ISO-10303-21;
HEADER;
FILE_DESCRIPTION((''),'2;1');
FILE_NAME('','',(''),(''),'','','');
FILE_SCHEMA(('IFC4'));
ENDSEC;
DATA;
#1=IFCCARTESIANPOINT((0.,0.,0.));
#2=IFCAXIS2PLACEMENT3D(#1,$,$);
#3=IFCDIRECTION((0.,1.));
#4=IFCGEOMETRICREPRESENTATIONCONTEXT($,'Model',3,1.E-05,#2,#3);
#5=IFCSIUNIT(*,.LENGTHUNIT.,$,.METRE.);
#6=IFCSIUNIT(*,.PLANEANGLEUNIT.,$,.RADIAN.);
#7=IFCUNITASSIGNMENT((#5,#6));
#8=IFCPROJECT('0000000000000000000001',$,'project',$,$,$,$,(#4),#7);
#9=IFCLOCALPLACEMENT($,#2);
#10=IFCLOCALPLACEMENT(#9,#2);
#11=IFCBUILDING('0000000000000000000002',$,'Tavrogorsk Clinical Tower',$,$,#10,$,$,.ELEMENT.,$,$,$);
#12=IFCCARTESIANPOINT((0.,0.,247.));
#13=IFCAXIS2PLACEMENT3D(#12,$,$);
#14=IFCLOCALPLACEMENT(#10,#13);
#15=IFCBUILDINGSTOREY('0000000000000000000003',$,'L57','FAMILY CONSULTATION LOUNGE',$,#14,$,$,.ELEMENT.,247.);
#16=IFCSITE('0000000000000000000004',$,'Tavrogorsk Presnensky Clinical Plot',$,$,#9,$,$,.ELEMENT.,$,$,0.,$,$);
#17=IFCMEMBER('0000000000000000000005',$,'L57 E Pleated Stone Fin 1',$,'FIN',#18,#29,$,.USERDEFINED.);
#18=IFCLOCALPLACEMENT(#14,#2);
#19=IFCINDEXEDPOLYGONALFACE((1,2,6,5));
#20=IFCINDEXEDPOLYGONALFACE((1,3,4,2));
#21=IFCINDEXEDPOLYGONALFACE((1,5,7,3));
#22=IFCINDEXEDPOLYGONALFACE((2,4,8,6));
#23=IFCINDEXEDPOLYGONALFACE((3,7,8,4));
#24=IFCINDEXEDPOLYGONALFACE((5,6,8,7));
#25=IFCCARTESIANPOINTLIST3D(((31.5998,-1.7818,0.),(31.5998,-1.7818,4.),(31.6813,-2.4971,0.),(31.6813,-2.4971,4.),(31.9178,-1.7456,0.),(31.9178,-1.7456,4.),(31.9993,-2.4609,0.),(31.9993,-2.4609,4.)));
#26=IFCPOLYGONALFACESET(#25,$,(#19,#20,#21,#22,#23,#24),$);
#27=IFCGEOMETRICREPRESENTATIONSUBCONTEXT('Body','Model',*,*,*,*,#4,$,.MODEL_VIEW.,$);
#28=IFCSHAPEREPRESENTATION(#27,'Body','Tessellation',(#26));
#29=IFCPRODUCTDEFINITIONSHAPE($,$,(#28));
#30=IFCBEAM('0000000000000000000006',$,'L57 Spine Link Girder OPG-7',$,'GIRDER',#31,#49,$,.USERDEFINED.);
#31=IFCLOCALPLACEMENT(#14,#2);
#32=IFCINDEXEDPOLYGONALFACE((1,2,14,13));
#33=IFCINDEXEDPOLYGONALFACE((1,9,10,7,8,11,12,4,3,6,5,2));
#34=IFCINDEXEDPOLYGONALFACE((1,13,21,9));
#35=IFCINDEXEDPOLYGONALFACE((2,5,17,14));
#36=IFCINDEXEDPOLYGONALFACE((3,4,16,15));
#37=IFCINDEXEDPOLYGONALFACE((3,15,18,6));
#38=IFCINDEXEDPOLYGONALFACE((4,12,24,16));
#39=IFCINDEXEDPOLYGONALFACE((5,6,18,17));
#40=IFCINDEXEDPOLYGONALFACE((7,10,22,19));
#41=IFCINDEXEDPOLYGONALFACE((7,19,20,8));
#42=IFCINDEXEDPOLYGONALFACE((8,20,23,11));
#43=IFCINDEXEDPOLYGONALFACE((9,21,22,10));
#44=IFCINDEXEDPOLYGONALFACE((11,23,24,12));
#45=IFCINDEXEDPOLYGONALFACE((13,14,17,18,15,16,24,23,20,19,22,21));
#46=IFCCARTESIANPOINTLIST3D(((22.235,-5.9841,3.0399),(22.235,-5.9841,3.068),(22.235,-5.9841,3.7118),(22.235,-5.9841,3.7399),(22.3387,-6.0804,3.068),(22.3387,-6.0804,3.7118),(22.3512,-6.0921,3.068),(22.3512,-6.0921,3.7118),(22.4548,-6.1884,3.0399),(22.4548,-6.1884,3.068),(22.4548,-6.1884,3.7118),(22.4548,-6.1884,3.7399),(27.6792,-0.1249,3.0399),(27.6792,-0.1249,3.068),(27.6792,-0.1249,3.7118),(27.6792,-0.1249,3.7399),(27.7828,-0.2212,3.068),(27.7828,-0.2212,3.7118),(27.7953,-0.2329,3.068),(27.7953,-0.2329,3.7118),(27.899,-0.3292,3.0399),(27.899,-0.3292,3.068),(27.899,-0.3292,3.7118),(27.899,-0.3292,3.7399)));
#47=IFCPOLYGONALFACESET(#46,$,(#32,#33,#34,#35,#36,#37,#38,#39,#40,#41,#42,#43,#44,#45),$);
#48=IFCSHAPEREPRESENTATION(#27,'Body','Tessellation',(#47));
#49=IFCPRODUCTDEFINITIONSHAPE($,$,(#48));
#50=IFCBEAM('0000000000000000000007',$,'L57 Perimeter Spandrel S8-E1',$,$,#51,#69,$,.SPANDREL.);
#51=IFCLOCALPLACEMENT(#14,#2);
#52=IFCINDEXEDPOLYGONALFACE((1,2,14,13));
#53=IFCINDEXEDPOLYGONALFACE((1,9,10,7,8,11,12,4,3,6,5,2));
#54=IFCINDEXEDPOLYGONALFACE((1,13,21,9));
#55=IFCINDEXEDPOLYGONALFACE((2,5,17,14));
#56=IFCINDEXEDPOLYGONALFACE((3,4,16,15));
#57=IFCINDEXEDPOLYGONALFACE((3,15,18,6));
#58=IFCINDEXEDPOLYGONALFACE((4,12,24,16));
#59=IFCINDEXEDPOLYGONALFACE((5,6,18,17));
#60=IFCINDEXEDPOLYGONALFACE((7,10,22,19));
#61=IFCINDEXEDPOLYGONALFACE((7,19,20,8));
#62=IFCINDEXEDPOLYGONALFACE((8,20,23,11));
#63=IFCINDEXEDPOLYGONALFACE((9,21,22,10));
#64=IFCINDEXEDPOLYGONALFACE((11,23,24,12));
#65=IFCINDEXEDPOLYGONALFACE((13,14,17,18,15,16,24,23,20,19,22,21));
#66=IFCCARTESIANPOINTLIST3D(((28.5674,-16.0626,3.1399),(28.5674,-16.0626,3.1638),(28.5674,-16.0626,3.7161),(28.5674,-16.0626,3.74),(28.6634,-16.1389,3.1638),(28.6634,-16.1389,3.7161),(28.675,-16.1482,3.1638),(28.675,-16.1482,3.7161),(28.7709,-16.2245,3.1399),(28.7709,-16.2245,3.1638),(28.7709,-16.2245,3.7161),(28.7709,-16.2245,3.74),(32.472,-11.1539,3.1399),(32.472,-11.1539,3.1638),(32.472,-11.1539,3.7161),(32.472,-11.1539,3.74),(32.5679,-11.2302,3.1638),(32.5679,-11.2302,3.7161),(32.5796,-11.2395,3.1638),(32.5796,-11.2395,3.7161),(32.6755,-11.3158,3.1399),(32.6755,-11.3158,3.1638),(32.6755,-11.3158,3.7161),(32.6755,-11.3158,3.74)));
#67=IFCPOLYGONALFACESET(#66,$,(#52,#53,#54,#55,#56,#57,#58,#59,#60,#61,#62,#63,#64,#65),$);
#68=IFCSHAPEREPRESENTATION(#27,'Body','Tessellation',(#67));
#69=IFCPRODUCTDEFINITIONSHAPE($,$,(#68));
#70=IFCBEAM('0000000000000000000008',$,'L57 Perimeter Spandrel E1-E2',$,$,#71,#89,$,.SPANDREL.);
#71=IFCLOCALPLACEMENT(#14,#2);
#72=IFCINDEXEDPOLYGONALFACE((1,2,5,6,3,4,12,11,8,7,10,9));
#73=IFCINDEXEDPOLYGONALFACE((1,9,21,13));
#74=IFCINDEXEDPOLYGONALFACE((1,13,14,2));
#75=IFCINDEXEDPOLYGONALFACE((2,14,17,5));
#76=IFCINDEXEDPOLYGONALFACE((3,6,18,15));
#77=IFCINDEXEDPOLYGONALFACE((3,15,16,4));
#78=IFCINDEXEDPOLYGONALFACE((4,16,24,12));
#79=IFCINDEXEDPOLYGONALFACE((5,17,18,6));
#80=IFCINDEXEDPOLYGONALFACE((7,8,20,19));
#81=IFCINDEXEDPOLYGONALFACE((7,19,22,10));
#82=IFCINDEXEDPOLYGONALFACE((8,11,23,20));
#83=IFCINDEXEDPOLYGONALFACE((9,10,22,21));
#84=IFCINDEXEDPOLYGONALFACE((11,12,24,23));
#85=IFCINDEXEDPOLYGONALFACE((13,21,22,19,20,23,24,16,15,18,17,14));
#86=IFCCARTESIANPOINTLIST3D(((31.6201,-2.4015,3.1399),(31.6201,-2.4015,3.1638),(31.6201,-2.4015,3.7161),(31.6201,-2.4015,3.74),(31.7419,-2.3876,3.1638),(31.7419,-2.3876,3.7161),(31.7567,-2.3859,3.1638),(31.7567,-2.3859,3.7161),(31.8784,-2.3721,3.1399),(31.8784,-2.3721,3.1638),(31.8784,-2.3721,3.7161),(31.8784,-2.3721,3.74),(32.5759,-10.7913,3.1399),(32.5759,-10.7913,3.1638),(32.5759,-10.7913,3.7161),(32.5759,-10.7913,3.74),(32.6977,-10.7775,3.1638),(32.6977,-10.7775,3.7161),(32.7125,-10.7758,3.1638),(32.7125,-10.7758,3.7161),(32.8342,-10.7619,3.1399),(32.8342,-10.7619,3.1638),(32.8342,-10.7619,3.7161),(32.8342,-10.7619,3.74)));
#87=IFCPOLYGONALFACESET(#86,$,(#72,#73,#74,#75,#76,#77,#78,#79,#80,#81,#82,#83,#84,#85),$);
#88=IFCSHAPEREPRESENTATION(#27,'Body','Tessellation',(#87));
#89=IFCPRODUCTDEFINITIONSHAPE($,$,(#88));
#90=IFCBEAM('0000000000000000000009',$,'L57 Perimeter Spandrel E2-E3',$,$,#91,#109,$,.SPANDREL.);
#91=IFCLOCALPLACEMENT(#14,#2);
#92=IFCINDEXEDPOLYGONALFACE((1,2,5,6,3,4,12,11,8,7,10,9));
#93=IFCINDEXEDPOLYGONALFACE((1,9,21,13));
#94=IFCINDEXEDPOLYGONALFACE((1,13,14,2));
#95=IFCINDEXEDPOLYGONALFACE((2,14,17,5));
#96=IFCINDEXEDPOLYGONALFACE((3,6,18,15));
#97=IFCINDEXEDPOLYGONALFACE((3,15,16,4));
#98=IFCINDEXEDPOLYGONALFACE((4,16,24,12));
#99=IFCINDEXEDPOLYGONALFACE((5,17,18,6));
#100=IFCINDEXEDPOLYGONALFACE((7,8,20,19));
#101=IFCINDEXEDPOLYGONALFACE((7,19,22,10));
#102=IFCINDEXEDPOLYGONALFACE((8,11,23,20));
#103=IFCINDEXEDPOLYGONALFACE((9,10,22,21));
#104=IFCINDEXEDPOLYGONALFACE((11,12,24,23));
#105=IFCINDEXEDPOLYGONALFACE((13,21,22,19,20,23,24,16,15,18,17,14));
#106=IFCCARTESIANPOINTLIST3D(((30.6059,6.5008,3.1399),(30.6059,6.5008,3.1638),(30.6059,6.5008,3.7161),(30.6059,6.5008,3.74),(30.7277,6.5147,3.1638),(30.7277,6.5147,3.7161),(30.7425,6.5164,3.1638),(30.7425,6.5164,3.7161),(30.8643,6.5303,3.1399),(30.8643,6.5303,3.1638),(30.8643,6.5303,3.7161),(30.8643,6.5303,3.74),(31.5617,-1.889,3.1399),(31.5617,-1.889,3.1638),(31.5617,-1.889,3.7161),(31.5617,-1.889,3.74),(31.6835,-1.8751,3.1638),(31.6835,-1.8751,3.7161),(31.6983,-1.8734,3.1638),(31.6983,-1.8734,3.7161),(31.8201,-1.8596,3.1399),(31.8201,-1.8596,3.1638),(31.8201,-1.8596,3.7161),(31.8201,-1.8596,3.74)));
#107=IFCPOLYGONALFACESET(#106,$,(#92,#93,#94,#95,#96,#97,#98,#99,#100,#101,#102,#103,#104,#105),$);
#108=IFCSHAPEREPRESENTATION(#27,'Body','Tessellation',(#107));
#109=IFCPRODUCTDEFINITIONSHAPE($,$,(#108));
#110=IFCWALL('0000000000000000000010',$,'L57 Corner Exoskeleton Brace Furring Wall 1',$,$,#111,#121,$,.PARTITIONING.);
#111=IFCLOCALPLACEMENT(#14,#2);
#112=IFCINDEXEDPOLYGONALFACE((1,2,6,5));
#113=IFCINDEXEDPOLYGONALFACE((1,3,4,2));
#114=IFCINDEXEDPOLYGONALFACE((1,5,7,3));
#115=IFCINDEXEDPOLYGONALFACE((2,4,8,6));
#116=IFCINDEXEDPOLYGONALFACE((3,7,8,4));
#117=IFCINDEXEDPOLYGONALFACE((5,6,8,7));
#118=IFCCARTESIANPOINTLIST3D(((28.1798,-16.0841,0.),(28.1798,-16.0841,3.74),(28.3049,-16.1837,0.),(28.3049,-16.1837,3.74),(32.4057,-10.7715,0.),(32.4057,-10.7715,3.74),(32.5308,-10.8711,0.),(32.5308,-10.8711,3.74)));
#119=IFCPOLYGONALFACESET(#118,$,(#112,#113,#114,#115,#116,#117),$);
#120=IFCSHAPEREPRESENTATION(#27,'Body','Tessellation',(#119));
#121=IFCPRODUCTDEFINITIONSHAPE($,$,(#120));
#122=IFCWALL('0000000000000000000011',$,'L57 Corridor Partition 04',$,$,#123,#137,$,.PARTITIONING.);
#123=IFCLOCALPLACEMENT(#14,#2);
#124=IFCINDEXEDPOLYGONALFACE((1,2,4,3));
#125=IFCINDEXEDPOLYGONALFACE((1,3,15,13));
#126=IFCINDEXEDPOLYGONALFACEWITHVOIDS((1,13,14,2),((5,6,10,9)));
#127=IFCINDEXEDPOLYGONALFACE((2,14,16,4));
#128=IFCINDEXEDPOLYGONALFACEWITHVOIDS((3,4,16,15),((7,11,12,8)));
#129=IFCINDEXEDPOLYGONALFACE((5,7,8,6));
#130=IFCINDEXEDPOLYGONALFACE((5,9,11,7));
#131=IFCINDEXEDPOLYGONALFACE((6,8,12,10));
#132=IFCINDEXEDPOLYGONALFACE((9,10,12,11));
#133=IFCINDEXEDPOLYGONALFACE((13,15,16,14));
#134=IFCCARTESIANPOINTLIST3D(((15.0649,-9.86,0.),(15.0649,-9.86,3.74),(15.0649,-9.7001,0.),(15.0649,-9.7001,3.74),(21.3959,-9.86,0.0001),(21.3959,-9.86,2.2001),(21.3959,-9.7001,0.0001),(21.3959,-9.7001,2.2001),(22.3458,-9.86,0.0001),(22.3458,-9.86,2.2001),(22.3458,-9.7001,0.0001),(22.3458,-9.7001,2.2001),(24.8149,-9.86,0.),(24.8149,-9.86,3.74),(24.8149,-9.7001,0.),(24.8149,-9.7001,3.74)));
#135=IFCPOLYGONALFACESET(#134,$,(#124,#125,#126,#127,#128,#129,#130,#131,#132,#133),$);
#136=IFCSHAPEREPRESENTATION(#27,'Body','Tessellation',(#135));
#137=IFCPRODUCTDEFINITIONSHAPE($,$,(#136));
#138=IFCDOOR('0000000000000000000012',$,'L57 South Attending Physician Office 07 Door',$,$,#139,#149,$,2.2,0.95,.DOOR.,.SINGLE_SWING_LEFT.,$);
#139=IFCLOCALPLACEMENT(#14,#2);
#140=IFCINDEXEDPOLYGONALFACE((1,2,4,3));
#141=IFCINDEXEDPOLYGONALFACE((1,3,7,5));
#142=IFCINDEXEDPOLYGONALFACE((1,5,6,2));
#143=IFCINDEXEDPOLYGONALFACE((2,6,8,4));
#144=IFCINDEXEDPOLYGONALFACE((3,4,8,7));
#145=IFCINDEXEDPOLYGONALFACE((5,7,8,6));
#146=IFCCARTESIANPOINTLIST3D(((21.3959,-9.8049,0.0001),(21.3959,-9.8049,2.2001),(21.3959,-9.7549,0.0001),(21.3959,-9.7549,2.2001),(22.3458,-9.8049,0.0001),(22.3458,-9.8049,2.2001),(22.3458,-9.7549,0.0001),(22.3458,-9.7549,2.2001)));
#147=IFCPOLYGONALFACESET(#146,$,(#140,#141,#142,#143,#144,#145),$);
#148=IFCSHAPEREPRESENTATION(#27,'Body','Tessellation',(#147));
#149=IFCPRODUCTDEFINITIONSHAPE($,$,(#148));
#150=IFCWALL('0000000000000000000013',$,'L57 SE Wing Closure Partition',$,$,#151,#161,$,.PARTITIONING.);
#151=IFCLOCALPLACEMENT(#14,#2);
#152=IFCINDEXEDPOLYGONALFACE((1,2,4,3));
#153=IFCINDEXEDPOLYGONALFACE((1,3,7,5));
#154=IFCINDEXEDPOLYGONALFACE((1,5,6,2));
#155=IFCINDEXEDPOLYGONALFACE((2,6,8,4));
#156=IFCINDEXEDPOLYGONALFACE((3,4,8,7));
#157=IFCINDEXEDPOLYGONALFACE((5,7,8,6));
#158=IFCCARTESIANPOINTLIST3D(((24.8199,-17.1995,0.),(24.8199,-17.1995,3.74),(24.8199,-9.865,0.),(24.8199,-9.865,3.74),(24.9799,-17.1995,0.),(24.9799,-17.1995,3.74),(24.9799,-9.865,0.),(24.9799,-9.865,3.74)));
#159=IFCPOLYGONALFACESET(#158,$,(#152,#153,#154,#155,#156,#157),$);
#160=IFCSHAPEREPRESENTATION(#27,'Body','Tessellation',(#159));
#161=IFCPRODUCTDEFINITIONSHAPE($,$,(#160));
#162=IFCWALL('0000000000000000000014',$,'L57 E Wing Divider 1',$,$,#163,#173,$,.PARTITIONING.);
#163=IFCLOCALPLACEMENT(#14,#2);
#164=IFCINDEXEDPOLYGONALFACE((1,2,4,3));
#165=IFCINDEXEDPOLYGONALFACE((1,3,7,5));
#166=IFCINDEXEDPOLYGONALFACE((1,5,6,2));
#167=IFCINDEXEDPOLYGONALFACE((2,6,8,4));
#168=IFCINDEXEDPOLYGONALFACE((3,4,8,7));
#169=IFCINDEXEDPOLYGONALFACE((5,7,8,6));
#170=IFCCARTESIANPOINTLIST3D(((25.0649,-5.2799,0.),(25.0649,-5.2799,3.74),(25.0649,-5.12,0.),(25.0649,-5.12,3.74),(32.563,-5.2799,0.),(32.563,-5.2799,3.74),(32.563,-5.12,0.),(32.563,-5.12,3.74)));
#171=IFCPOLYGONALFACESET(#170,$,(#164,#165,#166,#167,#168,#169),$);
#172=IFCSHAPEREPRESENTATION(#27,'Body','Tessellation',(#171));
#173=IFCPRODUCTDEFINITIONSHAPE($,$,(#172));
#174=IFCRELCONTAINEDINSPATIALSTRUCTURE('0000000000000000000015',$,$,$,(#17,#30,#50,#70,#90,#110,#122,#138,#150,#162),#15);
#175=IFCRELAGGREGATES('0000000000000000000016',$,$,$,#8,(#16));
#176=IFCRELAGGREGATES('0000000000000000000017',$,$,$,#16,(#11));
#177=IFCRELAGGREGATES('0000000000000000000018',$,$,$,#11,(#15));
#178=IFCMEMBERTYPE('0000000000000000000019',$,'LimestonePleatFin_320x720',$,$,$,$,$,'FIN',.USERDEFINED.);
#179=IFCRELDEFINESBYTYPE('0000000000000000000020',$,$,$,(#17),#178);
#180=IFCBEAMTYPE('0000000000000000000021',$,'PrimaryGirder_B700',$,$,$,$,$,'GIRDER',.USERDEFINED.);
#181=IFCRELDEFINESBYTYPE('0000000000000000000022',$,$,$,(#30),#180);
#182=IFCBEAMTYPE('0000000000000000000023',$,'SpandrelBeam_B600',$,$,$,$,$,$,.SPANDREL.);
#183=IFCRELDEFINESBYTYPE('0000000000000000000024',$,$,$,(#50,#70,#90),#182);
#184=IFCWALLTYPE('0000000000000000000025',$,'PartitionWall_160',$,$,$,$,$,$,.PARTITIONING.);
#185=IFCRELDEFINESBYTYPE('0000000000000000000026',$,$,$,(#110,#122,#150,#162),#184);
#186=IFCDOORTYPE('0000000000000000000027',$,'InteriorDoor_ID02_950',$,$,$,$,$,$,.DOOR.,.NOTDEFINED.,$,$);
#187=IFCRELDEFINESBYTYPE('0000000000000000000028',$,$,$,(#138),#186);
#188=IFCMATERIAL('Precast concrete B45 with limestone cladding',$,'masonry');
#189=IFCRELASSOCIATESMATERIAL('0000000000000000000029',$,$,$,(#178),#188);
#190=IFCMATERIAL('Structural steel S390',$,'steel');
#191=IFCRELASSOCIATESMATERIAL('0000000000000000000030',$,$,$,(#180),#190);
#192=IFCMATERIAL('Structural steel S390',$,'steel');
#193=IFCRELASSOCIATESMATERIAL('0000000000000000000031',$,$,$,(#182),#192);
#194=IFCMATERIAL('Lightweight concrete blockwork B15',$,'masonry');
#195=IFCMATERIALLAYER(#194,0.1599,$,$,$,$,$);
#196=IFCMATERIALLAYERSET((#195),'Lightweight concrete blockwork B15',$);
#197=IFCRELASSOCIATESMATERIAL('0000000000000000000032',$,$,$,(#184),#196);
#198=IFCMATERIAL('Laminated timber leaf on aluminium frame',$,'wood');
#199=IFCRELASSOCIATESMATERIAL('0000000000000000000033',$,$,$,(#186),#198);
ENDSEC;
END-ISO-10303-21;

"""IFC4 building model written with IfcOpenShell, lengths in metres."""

from ifc_helpers import new_model, si_unit, direction, frame, frame_2d, origin, origin_2d, place, context, subcontext, project, spatial, rectangle, i_section, extrude, material, layer, layer_set, material_profile, profile_set, type_object, element, fill, save


model = new_model("IFC4")

# Units and contexts
model_context = context("Model", 3, precision=1e-05, world=origin(), true_north=direction((0.0, 1.0)))
body_context = subcontext(model_context, "Body", "Model", "MODEL_VIEW")
ifc_project = project(units=[si_unit("LENGTHUNIT", "METRE"), si_unit("PLANEANGLEUNIT", "RADIAN")], contexts=[model_context])

# Site, building, storey
site_placement = place(None, origin())
site = spatial("IfcSite", under=ifc_project, at=site_placement, Name="Tavrogorsk Presnensky Clinical Plot", CompositionType="ELEMENT", RefElevation=0.0)
building_placement = place(site_placement, origin())
building = spatial("IfcBuilding", under=site, at=building_placement, Name="Tavrogorsk Clinical Tower", CompositionType="ELEMENT")
storey_placement = place(building_placement, frame((0.0, 0.0, 247.0)))
storey = spatial("IfcBuildingStorey", under=building, at=storey_placement, Name="L57", Description="FAMILY CONSULTATION LOUNGE", CompositionType="ELEMENT", Elevation=247.0)

# Member
ifc_material_1 = material(Name="Precast concrete B45 with limestone cladding", Category="masonry")
ifc_material_profile_1 = material_profile(ifc_material_1, rectangle(XDim=0.3201, YDim=0.72, at=origin_2d()), Name="LIMESTONE-FIN-320x720")
ifc_profile_set_1 = profile_set([ifc_material_profile_1], Name="Precast concrete B45 with limestone cladding")
member_type_1 = type_object("IfcMemberType", Name="LimestonePleatFin_320x720", ElementType="FIN", PredefinedType="USERDEFINED", material=ifc_profile_set_1)
member_1_placement = place(storey_placement, frame((31.7996, -2.1213, 0.0), z_axis=(0.0, 0.0, 1.0), x_axis=(0.993572, 0.113203, 0.0)))
element("IfcMember", 1, at=member_1_placement, inside=storey, type_object=member_type_1, Name="L57 E Pleated Stone Fin 1", ObjectType="FIN", PredefinedType="USERDEFINED", context=body_context, shape_type="SweptSolid", body=[
    extrude(rectangle(XDim=0.3201, YDim=0.72, at=origin_2d()), origin(), (0.0, 0.0, 1.0), 4.0),
])

# Beams
ifc_material_2 = material(Name="Structural steel S390", Category="steel")
ifc_material_profile_2 = material_profile(ifc_material_2, i_section(OverallWidth=0.3, OverallDepth=0.7, WebThickness=0.0171, FlangeThickness=0.0281, at=origin_2d()), Name="B-700x300x17x28")
ifc_profile_set_2 = profile_set([ifc_material_profile_2], Name="Structural steel S390")
beam_type_1 = type_object("IfcBeamType", Name="PrimaryGirder_B700", ElementType="GIRDER", PredefinedType="USERDEFINED", material=ifc_profile_set_2)
beam_1_placement = place(storey_placement, frame((27.7891, -0.2271, 3.3899), z_axis=(-0.680684, -0.732577, 0.0), x_axis=(0.732577, -0.680684, 0.0)))
element("IfcBeam", 2, at=beam_1_placement, inside=storey, type_object=beam_type_1, Name="L57 Spine Link Girder OPG-7", ObjectType="GIRDER", PredefinedType="USERDEFINED", context=body_context, shape_type="SweptSolid", body=[
    extrude(i_section(OverallWidth=0.3, OverallDepth=0.7, WebThickness=0.0171, FlangeThickness=0.0281, at=origin_2d()), origin(), (0.0, 0.0, 1.0), 7.998),
])
ifc_material_3 = material(Name="Structural steel S390", Category="steel")
ifc_material_profile_3 = material_profile(ifc_material_3, i_section(OverallWidth=0.26, OverallDepth=0.6001, WebThickness=0.0149, FlangeThickness=0.0239, at=origin_2d()), Name="B-600x260x15x24")
ifc_profile_set_3 = profile_set([ifc_material_profile_3], Name="Structural steel S390")
beam_type_2 = type_object("IfcBeamType", Name="SpandrelBeam_B600", PredefinedType="SPANDREL", material=ifc_profile_set_3)
beam_2_placement = place(storey_placement, frame((28.6692, -16.1436, 3.4399), z_axis=(0.622514, 0.782609, 0.0), x_axis=(-0.782609, 0.622514, 0.0)))
element("IfcBeam", 3, at=beam_2_placement, inside=storey, type_object=beam_type_2, Name="L57 Perimeter Spandrel S8-E1", PredefinedType="SPANDREL", context=body_context, shape_type="SweptSolid", body=[
    extrude(i_section(OverallWidth=0.26, OverallDepth=0.6001, WebThickness=0.0149, FlangeThickness=0.0239, at=origin_2d()), origin(), (0.0, 0.0, 1.0), 6.2722),
])
for number, where, z_axis, x_axis, name in (
    (4, (32.7051, -10.7766, 3.4399), (-0.113192, 0.993573, 0.0), (-0.993573, -0.113192, 0.0), "L57 Perimeter Spandrel E1-E2"),
    (5, (31.6909, -1.8743, 3.4399), (-0.113192, 0.993573, 0.0), (-0.993573, -0.113192, 0.0), "L57 Perimeter Spandrel E2-E3"),
):
    element("IfcBeam", number, at=place(storey_placement, frame(where, z_axis=z_axis, x_axis=x_axis)), inside=storey, type_object=beam_type_2, Name=name, PredefinedType="SPANDREL", context=body_context, shape_type="SweptSolid", body=[
        extrude(i_section(OverallWidth=0.26, OverallDepth=0.6001, WebThickness=0.0149, FlangeThickness=0.0239, at=origin_2d()), origin(), (0.0, 0.0, 1.0), 8.4441),
    ])

# Wall
ifc_material_4 = material(Name="Lightweight concrete blockwork B15", Category="masonry")
ifc_layer_1 = layer(ifc_material_4, 0.1599)
ifc_layer_set_1 = layer_set([ifc_layer_1], Name="Lightweight concrete blockwork B15")
wall_type_1 = type_object("IfcWallType", Name="PartitionWall_160", PredefinedType="PARTITIONING", material=ifc_layer_set_1)
wall_1_placement = place(storey_placement, frame((28.2424, -16.1338, 0.0), z_axis=(0.0, 0.0, 1.0), x_axis=(0.622522, 0.782603, 0.0)))
element("IfcWall", 6, at=wall_1_placement, inside=storey, type_object=wall_type_1, Name="L57 Corner Exoskeleton Brace Furring Wall 1", PredefinedType="PARTITIONING", context=body_context, shape_type="SweptSolid", body=[
    extrude(rectangle(XDim=6.7883, YDim=0.1599, at=frame_2d((3.394, 0.0))), origin(), (0.0, 0.0, 1.0), 3.74),
])

# Wall, opening, door
wall_2_placement = place(storey_placement, frame((24.8149, -9.78, 0.0), z_axis=(0.0, 0.0, 1.0), x_axis=(-1.0, 0.0, 0.0)))
wall_2 = element("IfcWall", 7, at=wall_2_placement, inside=storey, type_object=wall_type_1, Name="L57 Corridor Partition 04", PredefinedType="PARTITIONING", context=body_context, shape_type="SweptSolid", body=[
    extrude(rectangle(XDim=9.75, YDim=0.1599, at=frame_2d((4.875, 0.0))), origin(), (0.0, 0.0, 1.0), 3.74),
])
opening_1_placement = place(wall_2_placement, frame((2.469, 0.0, 0.0)))
opening_1 = element("IfcOpeningElement", 8, at=opening_1_placement, cuts=wall_2, PredefinedType="OPENING", context=body_context, shape_type="SweptSolid", body=[
    extrude(rectangle(XDim=0.95, YDim=2.2, at=frame_2d((0.4751, 1.1001))), frame((0.0, 0.0898, 0.0), z_axis=(0.0, -1.0, 0.0), x_axis=(1.0, 0.0, 0.0)), (0.0, 0.0, 1.0), 0.1799),
])
ifc_material_5 = material(Name="Laminated timber leaf on aluminium frame", Category="wood")
door_type = type_object("IfcDoorType", Name="InteriorDoor_ID02_950", OperationType="NOTDEFINED", PredefinedType="DOOR", material=ifc_material_5)
door_placement = place(opening_1_placement, origin())
door = element("IfcDoor", 9, at=door_placement, inside=storey, type_object=door_type, Name="L57 South Attending Physician Office 07 Door", OperationType="SINGLE_SWING_LEFT", OverallHeight=2.2, OverallWidth=0.95, PredefinedType="DOOR", context=body_context, shape_type="SweptSolid", body=[
    extrude(rectangle(XDim=0.95, YDim=2.2, at=frame_2d((0.4751, 1.1001))), frame((0.0, 0.0249, 0.0), z_axis=(0.0, -1.0, 0.0), x_axis=(1.0, 0.0, 0.0)), (0.0, 0.0, 1.0), 0.05),
])
fill(opening_1, door)

# Walls
wall_3_placement = place(storey_placement, frame((24.8999, -17.1995, 0.0), z_axis=(0.0, 0.0, 1.0), x_axis=(0.0, 1.0, 0.0)))
element("IfcWall", 10, at=wall_3_placement, inside=storey, type_object=wall_type_1, Name="L57 SE Wing Closure Partition", PredefinedType="PARTITIONING", context=body_context, shape_type="SweptSolid", body=[
    extrude(rectangle(XDim=7.3345, YDim=0.1599, at=frame_2d((3.6672, 0.0))), origin(), (0.0, 0.0, 1.0), 3.74),
])
wall_4_placement = place(storey_placement, frame((25.0649, -5.2, 0.0), z_axis=(0.0, 0.0, 1.0), x_axis=(1.0, 0.0, 0.0)))
element("IfcWall", 11, at=wall_4_placement, inside=storey, type_object=wall_type_1, Name="L57 E Wing Divider 1", PredefinedType="PARTITIONING", context=body_context, shape_type="SweptSolid", body=[
    extrude(rectangle(XDim=7.498, YDim=0.1599, at=frame_2d((3.749, 0.0))), origin(), (0.0, 0.0, 1.0), 3.74),
])

save(model, "model.ifc")
